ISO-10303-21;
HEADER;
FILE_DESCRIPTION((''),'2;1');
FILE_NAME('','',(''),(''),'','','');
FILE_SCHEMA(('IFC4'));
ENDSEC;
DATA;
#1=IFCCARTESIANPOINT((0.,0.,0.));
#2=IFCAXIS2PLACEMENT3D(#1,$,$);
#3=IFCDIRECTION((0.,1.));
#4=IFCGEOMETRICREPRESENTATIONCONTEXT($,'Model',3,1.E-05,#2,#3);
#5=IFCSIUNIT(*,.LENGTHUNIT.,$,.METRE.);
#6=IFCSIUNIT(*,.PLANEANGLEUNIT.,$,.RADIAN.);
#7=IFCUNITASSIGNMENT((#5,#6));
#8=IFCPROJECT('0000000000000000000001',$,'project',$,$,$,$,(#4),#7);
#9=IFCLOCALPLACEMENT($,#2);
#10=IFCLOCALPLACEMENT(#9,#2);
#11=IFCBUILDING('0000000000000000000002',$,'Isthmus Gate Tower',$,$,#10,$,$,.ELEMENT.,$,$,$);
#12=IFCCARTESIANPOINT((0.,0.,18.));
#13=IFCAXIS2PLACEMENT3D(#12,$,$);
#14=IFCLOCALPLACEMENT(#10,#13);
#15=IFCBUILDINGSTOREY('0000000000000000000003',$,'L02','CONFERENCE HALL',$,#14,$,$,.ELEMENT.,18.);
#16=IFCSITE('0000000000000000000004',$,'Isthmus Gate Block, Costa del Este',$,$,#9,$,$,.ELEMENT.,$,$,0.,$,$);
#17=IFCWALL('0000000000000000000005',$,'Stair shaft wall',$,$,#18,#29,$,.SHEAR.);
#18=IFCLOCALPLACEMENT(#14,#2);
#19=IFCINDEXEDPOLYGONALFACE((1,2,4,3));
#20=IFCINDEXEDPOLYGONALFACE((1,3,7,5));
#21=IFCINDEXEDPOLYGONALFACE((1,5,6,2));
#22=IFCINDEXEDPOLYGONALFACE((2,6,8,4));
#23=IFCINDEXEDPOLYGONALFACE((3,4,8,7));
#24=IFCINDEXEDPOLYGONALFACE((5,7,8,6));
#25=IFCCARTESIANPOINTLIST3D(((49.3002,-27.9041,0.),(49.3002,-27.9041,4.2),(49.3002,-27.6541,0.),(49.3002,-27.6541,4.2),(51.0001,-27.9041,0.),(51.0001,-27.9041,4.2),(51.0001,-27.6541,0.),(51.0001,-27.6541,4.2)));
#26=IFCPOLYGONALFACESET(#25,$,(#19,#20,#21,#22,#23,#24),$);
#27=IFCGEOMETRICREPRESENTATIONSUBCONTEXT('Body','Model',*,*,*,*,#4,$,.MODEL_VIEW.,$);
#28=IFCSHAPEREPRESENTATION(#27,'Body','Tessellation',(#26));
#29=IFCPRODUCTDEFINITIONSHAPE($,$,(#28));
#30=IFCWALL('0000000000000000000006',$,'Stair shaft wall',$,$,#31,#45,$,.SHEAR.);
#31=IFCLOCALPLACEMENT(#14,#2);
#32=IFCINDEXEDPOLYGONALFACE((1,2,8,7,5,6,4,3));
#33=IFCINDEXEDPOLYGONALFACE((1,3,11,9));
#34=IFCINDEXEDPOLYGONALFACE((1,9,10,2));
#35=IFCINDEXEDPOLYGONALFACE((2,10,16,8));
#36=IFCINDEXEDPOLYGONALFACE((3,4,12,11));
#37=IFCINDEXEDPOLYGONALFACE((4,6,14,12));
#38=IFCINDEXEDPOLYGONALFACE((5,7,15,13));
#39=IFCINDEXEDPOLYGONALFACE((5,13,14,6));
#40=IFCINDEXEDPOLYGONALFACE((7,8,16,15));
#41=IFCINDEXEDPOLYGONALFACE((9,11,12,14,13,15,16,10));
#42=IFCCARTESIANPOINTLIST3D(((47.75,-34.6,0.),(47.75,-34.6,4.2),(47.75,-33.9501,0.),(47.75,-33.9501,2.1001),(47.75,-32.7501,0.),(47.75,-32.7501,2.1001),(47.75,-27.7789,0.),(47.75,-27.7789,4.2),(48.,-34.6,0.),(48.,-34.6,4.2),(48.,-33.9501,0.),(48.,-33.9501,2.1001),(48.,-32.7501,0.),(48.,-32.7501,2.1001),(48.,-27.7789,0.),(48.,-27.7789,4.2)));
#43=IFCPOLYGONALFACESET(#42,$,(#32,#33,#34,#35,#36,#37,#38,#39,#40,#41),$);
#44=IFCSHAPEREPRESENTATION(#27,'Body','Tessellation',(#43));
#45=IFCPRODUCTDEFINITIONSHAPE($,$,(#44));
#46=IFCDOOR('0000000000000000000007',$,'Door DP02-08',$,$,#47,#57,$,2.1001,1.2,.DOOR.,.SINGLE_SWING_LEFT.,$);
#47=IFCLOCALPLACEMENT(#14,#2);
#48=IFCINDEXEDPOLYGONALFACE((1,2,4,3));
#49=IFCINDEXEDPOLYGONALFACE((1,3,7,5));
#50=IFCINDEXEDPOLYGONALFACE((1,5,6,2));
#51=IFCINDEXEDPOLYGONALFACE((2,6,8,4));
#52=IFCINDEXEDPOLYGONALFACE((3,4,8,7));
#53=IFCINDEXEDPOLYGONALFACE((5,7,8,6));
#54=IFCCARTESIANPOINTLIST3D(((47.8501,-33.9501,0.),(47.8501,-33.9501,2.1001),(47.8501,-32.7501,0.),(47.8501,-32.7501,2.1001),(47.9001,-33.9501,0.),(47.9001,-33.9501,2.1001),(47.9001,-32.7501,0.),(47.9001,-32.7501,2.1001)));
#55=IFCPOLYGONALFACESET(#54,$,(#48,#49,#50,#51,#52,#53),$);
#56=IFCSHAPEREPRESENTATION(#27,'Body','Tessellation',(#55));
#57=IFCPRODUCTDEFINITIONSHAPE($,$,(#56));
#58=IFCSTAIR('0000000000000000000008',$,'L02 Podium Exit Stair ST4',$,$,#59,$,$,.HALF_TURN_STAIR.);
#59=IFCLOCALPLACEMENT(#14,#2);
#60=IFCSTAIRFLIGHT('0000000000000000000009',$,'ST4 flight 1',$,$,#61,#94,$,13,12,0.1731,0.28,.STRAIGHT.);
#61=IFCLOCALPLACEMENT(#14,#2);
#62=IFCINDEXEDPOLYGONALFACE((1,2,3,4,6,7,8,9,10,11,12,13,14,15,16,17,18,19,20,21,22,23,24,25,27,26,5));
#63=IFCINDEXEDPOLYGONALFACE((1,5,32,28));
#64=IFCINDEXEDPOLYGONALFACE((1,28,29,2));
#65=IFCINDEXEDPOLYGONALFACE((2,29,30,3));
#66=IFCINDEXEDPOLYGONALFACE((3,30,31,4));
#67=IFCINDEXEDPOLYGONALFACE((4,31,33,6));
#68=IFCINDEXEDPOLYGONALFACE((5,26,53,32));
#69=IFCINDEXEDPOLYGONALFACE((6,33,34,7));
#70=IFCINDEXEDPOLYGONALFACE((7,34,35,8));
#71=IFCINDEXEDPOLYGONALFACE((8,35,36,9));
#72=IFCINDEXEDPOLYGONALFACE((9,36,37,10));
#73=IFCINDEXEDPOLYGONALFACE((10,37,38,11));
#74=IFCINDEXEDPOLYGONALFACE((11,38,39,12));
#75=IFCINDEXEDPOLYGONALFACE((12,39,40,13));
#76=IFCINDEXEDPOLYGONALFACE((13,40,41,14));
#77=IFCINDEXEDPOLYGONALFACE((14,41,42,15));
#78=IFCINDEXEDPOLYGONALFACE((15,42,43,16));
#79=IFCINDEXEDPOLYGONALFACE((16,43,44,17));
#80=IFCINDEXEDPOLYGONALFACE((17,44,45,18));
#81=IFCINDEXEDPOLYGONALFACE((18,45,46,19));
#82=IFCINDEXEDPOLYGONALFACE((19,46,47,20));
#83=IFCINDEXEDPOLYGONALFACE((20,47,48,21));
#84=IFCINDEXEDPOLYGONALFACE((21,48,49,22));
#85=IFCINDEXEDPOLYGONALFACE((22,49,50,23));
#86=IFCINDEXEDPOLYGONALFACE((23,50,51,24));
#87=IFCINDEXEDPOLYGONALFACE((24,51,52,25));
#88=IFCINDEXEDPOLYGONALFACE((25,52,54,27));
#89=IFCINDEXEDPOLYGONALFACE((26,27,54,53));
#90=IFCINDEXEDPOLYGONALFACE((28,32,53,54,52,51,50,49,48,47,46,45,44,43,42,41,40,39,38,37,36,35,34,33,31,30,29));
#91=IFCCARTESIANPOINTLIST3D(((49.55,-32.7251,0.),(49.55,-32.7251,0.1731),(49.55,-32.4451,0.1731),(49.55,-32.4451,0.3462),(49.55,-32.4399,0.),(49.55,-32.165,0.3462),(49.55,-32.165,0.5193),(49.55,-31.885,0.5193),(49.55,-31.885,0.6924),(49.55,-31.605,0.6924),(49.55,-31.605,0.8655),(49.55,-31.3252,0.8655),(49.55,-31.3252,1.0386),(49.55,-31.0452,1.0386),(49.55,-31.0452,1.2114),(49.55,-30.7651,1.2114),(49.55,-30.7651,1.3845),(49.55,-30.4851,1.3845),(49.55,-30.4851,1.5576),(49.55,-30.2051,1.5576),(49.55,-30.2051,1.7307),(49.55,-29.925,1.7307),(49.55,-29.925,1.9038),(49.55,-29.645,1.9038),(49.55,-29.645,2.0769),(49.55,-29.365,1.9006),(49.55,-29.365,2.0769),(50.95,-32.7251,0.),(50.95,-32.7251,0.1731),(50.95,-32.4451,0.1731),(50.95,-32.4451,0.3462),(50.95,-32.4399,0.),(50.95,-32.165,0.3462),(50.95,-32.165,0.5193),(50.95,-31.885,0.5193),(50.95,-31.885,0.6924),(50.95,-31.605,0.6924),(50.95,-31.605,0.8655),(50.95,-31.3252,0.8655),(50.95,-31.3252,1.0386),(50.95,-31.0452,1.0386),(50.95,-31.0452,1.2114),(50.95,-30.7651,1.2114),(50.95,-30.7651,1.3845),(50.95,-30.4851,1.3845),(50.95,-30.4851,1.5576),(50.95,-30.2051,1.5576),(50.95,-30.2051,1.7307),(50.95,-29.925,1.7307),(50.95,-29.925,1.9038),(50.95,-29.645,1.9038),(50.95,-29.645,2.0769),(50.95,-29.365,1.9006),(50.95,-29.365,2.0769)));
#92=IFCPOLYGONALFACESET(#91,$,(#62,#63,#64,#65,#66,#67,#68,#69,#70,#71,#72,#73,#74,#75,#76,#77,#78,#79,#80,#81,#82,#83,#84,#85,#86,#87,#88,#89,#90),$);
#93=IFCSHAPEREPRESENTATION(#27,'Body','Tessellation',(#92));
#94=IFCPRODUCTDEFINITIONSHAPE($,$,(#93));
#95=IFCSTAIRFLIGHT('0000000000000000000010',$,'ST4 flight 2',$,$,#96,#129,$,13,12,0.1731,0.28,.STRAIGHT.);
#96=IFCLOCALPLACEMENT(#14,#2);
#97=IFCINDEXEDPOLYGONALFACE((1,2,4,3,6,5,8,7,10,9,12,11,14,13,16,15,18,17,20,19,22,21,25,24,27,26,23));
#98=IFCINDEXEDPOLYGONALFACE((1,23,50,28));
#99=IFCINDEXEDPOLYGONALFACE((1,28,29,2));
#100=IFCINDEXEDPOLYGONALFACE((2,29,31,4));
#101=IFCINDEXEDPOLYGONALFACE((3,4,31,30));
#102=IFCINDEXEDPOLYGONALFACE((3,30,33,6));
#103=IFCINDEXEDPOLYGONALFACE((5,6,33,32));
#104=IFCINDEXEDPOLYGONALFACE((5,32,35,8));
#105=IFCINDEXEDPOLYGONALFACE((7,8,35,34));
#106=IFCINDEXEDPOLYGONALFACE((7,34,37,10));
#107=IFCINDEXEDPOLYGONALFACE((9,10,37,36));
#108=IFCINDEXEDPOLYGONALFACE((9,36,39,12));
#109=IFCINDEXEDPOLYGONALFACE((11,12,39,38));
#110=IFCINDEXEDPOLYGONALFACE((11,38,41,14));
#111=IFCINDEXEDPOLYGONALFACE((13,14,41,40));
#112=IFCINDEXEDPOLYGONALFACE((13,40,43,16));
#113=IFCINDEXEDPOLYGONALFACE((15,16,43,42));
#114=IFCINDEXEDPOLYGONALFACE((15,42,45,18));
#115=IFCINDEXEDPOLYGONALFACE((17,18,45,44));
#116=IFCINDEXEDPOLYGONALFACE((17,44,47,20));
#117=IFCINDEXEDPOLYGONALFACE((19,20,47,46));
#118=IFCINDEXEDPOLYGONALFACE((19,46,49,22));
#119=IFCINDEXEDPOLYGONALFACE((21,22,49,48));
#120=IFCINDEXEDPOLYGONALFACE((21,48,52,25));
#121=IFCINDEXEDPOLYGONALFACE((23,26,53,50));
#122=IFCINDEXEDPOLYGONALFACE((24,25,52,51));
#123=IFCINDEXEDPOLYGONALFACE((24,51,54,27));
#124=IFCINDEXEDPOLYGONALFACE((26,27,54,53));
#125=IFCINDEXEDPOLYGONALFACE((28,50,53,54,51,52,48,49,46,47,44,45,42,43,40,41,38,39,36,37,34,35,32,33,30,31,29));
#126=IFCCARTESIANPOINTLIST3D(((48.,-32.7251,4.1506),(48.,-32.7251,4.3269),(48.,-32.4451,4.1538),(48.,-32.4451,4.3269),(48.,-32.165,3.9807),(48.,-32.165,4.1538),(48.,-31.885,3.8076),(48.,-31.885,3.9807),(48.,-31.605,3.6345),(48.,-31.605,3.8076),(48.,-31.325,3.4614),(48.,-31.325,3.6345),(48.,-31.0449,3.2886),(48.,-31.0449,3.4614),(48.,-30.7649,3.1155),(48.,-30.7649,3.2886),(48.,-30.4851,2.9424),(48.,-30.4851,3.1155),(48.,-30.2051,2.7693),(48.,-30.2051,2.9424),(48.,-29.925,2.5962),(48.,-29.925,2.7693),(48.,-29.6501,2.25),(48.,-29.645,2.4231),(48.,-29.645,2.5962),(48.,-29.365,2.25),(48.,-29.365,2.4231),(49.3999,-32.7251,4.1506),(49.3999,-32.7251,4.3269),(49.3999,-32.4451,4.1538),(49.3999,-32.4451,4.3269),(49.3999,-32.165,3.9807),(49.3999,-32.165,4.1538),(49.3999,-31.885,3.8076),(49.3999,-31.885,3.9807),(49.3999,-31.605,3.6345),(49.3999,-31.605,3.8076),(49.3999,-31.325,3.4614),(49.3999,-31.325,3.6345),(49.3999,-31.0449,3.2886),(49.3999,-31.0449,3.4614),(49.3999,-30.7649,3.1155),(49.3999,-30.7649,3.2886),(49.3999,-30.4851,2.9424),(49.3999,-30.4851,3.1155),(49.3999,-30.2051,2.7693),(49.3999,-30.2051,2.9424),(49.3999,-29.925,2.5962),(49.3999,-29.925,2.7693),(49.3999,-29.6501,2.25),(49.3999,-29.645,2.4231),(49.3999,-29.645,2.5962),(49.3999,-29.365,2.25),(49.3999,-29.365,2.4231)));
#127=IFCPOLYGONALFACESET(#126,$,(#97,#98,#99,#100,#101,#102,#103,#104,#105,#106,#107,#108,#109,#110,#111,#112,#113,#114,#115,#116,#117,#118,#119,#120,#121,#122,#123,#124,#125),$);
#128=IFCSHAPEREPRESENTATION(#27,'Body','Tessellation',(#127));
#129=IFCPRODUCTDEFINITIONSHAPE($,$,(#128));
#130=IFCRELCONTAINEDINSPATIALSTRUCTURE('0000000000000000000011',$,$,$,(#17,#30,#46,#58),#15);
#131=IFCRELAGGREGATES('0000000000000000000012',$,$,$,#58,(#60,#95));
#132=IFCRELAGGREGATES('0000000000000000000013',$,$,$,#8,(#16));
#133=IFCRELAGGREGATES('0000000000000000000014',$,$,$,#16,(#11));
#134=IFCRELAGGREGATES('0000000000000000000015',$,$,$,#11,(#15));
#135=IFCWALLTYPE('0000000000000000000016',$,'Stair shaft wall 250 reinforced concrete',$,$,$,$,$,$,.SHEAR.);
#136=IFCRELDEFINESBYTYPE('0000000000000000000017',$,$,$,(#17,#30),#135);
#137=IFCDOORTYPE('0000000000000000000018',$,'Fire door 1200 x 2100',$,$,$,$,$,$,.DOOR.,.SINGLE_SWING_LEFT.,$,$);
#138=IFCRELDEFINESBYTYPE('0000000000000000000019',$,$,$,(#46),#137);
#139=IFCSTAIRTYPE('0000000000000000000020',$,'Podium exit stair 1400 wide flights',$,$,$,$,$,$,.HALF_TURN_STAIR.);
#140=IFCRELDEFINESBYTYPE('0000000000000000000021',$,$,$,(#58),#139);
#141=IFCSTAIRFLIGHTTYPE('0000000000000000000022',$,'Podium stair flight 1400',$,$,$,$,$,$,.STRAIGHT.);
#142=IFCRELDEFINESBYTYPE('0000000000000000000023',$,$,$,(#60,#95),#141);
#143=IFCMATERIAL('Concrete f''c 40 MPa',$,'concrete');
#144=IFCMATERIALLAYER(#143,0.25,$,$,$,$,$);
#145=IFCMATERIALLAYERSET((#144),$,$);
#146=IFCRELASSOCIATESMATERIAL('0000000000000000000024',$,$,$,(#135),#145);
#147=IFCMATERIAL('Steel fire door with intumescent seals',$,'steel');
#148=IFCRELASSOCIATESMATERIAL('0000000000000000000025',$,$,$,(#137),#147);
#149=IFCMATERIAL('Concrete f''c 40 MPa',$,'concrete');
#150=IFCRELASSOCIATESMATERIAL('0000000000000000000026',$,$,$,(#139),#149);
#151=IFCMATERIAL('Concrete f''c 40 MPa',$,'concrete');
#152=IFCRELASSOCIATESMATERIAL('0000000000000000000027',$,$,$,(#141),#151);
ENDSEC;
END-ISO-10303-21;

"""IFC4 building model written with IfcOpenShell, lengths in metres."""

from ifc_helpers import new_model, si_unit, direction, frame, frame_2d, origin, place, context, subcontext, project, spatial, polyline, rectangle, outline, extrude, material, layer, layer_set, type_object, element, fill, aggregate, save


model = new_model("IFC4")

# Units and contexts
model_context = context("Model", 3, precision=1e-05, world=origin(), true_north=direction((0.0, 1.0)))
body_context = subcontext(model_context, "Body", "Model", "MODEL_VIEW")
ifc_project = project(units=[si_unit("LENGTHUNIT", "METRE"), si_unit("PLANEANGLEUNIT", "RADIAN")], contexts=[model_context])

# Site, building, storey
site_placement = place(None, origin())
site = spatial("IfcSite", under=ifc_project, at=site_placement, Name="Isthmus Gate Block, Costa del Este", CompositionType="ELEMENT", RefElevation=0.0)
building_placement = place(site_placement, origin())
building = spatial("IfcBuilding", under=site, at=building_placement, Name="Isthmus Gate Tower", CompositionType="ELEMENT")
storey_placement = place(building_placement, frame((0.0, 0.0, 18.0)))
storey = spatial("IfcBuildingStorey", under=building, at=storey_placement, Name="L02", Description="CONFERENCE HALL", CompositionType="ELEMENT", Elevation=18.0)

# Wall
ifc_material_1 = material(Name="Concrete f'c 40 MPa", Category="concrete")
ifc_layer_1 = layer(ifc_material_1, 0.25)
ifc_layer_set_1 = layer_set([ifc_layer_1])
wall_type_1 = type_object("IfcWallType", Name="Stair shaft wall 250 reinforced concrete", PredefinedType="SHEAR", material=ifc_layer_set_1)
wall_1_placement = place(storey_placement, frame((49.3, -27.7791, 0.0), z_axis=(0.0, 0.0, 1.0), x_axis=(1.0, 0.0, 0.0)))
element("IfcWall", 1, at=wall_1_placement, inside=storey, type_object=wall_type_1, Name="Stair shaft wall", PredefinedType="SHEAR", context=body_context, shape_type="SweptSolid", body=[
    extrude(rectangle(XDim=1.7, YDim=0.25, at=frame_2d((0.8501, 0.0))), origin(), (0.0, 0.0, 1.0), 4.2),
])

# Wall, opening, door
wall_2_placement = place(storey_placement, frame((47.875, -34.6001, 0.0), z_axis=(0.0, 0.0, 1.0), x_axis=(0.0, 1.0, 0.0)))
wall_2 = element("IfcWall", 2, at=wall_2_placement, inside=storey, type_object=wall_type_1, Name="Stair shaft wall", PredefinedType="SHEAR", context=body_context, shape_type="SweptSolid", body=[
    extrude(rectangle(XDim=6.821, YDim=0.25, at=frame_2d((3.4106, 0.0))), origin(), (0.0, 0.0, 1.0), 4.2),
])
opening_1_placement = place(wall_2_placement, frame((0.6499, 0.0, 0.0)))
opening_1 = element("IfcOpeningElement", 3, at=opening_1_placement, cuts=wall_2, PredefinedType="OPENING", context=body_context, shape_type="SweptSolid", body=[
    extrude(rectangle(XDim=1.2, YDim=2.1001, at=frame_2d((0.6001, 1.05))), frame((0.0, 0.135, 0.0), z_axis=(0.0, -1.0, 0.0), x_axis=(1.0, 0.0, 0.0)), (0.0, 0.0, 1.0), 0.27),
])
ifc_material_2 = material(Name="Steel fire door with intumescent seals", Category="steel")
door_type = type_object("IfcDoorType", Name="Fire door 1200 x 2100", OperationType="SINGLE_SWING_LEFT", PredefinedType="DOOR", material=ifc_material_2)
door_placement = place(opening_1_placement, origin())
door = element("IfcDoor", 4, at=door_placement, inside=storey, type_object=door_type, Name="Door DP02-08", OperationType="SINGLE_SWING_LEFT", OverallHeight=2.1001, OverallWidth=1.2, PredefinedType="DOOR", context=body_context, shape_type="SweptSolid", body=[
    extrude(rectangle(XDim=1.2, YDim=2.1001, at=frame_2d((0.6001, 1.05))), frame((0.0, 0.0249, 0.0), z_axis=(0.0, -1.0, 0.0), x_axis=(1.0, 0.0, 0.0)), (0.0, 0.0, 1.0), 0.05),
])
fill(opening_1, door)

# Stair, stair flights
ifc_material_3 = material(Name="Concrete f'c 40 MPa", Category="concrete")
stair_type = type_object("IfcStairType", Name="Podium exit stair 1400 wide flights", PredefinedType="HALF_TURN_STAIR", material=ifc_material_3)
stair_placement = place(storey_placement, origin())
stair = element("IfcStair", 5, at=stair_placement, inside=storey, type_object=stair_type, Name="L02 Podium Exit Stair ST4", PredefinedType="HALF_TURN_STAIR")
ifc_material_4 = material(Name="Concrete f'c 40 MPa", Category="concrete")
stair_flight_type = type_object("IfcStairFlightType", Name="Podium stair flight 1400", PredefinedType="STRAIGHT", material=ifc_material_4)
stair_flight_1_placement = place(storey_placement, frame((50.25, -32.7251, 0.0), z_axis=(0.0, 0.0, 1.0), x_axis=(0.0, 1.0, 0.0)))
stair_flight_1 = element("IfcStairFlight", 6, at=stair_flight_1_placement, type_object=stair_flight_type, Name="ST4 flight 1", NumberOfRisers=13, NumberOfTreads=12, PredefinedType="STRAIGHT", RiserHeight=0.1731, TreadLength=0.28, context=body_context, shape_type="SweptSolid", body=[
    extrude(outline(polyline([(0.0, 0.0), (0.0, 0.1731), (0.28, 0.1731), (0.28, 0.3462), (0.5601, 0.3462), (0.5601, 0.5193), (0.8401, 0.5193), (0.8401, 0.6924), (1.1201, 0.6924), (1.1201, 0.8655), (1.3999, 0.8655), (1.3999, 1.0386), (1.6799, 1.0386), (1.6799, 1.2114), (1.96, 1.2114), (1.96, 1.3845), (2.24, 1.3845), (2.24, 1.5576), (2.52, 1.5576), (2.52, 1.7307), (2.8, 1.7307), (2.8, 1.9038), (3.0801, 1.9038), (3.0801, 2.0769), (3.3601, 2.0769), (3.3601, 2.25), (3.3601, 1.9006), (0.2852, 0.0), (0.0, 0.0)])), frame((0.0, 0.7, 0.0), z_axis=(0.0, -1.0, 0.0), x_axis=(1.0, 0.0, 0.0)), (0.0, 0.0, 1.0), 1.3999),
])
stair_flight_2_placement = place(storey_placement, frame((48.7, -29.365, 2.25), z_axis=(0.0, 0.0, 1.0), x_axis=(0.0, -1.0, 0.0)))
stair_flight_2 = element("IfcStairFlight", 7, at=stair_flight_2_placement, type_object=stair_flight_type, Name="ST4 flight 2", NumberOfRisers=13, NumberOfTreads=12, PredefinedType="STRAIGHT", RiserHeight=0.1731, TreadLength=0.28, context=body_context, shape_type="SweptSolid", body=[
    extrude(outline(polyline([(0.0, 0.0), (0.0, 0.1731), (0.28, 0.1731), (0.28, 0.3462), (0.5601, 0.3462), (0.5601, 0.5193), (0.8401, 0.5193), (0.8401, 0.6924), (1.1201, 0.6924), (1.1201, 0.8655), (1.3999, 0.8655), (1.3999, 1.0386), (1.6799, 1.0386), (1.6799, 1.2114), (1.96, 1.2114), (1.96, 1.3845), (2.24, 1.3845), (2.24, 1.5576), (2.52, 1.5576), (2.52, 1.7307), (2.8, 1.7307), (2.8, 1.9038), (3.0801, 1.9038), (3.0801, 2.0769), (3.3601, 2.0769), (3.3601, 2.25), (3.3601, 1.9006), (0.2852, 0.0), (0.0, 0.0)])), frame((0.0, 0.7, 0.0), z_axis=(0.0, -1.0, 0.0), x_axis=(1.0, 0.0, 0.0)), (0.0, 0.0, 1.0), 1.3999),
])
aggregate(stair, [stair_flight_1, stair_flight_2])

save(model, "model.ifc")
